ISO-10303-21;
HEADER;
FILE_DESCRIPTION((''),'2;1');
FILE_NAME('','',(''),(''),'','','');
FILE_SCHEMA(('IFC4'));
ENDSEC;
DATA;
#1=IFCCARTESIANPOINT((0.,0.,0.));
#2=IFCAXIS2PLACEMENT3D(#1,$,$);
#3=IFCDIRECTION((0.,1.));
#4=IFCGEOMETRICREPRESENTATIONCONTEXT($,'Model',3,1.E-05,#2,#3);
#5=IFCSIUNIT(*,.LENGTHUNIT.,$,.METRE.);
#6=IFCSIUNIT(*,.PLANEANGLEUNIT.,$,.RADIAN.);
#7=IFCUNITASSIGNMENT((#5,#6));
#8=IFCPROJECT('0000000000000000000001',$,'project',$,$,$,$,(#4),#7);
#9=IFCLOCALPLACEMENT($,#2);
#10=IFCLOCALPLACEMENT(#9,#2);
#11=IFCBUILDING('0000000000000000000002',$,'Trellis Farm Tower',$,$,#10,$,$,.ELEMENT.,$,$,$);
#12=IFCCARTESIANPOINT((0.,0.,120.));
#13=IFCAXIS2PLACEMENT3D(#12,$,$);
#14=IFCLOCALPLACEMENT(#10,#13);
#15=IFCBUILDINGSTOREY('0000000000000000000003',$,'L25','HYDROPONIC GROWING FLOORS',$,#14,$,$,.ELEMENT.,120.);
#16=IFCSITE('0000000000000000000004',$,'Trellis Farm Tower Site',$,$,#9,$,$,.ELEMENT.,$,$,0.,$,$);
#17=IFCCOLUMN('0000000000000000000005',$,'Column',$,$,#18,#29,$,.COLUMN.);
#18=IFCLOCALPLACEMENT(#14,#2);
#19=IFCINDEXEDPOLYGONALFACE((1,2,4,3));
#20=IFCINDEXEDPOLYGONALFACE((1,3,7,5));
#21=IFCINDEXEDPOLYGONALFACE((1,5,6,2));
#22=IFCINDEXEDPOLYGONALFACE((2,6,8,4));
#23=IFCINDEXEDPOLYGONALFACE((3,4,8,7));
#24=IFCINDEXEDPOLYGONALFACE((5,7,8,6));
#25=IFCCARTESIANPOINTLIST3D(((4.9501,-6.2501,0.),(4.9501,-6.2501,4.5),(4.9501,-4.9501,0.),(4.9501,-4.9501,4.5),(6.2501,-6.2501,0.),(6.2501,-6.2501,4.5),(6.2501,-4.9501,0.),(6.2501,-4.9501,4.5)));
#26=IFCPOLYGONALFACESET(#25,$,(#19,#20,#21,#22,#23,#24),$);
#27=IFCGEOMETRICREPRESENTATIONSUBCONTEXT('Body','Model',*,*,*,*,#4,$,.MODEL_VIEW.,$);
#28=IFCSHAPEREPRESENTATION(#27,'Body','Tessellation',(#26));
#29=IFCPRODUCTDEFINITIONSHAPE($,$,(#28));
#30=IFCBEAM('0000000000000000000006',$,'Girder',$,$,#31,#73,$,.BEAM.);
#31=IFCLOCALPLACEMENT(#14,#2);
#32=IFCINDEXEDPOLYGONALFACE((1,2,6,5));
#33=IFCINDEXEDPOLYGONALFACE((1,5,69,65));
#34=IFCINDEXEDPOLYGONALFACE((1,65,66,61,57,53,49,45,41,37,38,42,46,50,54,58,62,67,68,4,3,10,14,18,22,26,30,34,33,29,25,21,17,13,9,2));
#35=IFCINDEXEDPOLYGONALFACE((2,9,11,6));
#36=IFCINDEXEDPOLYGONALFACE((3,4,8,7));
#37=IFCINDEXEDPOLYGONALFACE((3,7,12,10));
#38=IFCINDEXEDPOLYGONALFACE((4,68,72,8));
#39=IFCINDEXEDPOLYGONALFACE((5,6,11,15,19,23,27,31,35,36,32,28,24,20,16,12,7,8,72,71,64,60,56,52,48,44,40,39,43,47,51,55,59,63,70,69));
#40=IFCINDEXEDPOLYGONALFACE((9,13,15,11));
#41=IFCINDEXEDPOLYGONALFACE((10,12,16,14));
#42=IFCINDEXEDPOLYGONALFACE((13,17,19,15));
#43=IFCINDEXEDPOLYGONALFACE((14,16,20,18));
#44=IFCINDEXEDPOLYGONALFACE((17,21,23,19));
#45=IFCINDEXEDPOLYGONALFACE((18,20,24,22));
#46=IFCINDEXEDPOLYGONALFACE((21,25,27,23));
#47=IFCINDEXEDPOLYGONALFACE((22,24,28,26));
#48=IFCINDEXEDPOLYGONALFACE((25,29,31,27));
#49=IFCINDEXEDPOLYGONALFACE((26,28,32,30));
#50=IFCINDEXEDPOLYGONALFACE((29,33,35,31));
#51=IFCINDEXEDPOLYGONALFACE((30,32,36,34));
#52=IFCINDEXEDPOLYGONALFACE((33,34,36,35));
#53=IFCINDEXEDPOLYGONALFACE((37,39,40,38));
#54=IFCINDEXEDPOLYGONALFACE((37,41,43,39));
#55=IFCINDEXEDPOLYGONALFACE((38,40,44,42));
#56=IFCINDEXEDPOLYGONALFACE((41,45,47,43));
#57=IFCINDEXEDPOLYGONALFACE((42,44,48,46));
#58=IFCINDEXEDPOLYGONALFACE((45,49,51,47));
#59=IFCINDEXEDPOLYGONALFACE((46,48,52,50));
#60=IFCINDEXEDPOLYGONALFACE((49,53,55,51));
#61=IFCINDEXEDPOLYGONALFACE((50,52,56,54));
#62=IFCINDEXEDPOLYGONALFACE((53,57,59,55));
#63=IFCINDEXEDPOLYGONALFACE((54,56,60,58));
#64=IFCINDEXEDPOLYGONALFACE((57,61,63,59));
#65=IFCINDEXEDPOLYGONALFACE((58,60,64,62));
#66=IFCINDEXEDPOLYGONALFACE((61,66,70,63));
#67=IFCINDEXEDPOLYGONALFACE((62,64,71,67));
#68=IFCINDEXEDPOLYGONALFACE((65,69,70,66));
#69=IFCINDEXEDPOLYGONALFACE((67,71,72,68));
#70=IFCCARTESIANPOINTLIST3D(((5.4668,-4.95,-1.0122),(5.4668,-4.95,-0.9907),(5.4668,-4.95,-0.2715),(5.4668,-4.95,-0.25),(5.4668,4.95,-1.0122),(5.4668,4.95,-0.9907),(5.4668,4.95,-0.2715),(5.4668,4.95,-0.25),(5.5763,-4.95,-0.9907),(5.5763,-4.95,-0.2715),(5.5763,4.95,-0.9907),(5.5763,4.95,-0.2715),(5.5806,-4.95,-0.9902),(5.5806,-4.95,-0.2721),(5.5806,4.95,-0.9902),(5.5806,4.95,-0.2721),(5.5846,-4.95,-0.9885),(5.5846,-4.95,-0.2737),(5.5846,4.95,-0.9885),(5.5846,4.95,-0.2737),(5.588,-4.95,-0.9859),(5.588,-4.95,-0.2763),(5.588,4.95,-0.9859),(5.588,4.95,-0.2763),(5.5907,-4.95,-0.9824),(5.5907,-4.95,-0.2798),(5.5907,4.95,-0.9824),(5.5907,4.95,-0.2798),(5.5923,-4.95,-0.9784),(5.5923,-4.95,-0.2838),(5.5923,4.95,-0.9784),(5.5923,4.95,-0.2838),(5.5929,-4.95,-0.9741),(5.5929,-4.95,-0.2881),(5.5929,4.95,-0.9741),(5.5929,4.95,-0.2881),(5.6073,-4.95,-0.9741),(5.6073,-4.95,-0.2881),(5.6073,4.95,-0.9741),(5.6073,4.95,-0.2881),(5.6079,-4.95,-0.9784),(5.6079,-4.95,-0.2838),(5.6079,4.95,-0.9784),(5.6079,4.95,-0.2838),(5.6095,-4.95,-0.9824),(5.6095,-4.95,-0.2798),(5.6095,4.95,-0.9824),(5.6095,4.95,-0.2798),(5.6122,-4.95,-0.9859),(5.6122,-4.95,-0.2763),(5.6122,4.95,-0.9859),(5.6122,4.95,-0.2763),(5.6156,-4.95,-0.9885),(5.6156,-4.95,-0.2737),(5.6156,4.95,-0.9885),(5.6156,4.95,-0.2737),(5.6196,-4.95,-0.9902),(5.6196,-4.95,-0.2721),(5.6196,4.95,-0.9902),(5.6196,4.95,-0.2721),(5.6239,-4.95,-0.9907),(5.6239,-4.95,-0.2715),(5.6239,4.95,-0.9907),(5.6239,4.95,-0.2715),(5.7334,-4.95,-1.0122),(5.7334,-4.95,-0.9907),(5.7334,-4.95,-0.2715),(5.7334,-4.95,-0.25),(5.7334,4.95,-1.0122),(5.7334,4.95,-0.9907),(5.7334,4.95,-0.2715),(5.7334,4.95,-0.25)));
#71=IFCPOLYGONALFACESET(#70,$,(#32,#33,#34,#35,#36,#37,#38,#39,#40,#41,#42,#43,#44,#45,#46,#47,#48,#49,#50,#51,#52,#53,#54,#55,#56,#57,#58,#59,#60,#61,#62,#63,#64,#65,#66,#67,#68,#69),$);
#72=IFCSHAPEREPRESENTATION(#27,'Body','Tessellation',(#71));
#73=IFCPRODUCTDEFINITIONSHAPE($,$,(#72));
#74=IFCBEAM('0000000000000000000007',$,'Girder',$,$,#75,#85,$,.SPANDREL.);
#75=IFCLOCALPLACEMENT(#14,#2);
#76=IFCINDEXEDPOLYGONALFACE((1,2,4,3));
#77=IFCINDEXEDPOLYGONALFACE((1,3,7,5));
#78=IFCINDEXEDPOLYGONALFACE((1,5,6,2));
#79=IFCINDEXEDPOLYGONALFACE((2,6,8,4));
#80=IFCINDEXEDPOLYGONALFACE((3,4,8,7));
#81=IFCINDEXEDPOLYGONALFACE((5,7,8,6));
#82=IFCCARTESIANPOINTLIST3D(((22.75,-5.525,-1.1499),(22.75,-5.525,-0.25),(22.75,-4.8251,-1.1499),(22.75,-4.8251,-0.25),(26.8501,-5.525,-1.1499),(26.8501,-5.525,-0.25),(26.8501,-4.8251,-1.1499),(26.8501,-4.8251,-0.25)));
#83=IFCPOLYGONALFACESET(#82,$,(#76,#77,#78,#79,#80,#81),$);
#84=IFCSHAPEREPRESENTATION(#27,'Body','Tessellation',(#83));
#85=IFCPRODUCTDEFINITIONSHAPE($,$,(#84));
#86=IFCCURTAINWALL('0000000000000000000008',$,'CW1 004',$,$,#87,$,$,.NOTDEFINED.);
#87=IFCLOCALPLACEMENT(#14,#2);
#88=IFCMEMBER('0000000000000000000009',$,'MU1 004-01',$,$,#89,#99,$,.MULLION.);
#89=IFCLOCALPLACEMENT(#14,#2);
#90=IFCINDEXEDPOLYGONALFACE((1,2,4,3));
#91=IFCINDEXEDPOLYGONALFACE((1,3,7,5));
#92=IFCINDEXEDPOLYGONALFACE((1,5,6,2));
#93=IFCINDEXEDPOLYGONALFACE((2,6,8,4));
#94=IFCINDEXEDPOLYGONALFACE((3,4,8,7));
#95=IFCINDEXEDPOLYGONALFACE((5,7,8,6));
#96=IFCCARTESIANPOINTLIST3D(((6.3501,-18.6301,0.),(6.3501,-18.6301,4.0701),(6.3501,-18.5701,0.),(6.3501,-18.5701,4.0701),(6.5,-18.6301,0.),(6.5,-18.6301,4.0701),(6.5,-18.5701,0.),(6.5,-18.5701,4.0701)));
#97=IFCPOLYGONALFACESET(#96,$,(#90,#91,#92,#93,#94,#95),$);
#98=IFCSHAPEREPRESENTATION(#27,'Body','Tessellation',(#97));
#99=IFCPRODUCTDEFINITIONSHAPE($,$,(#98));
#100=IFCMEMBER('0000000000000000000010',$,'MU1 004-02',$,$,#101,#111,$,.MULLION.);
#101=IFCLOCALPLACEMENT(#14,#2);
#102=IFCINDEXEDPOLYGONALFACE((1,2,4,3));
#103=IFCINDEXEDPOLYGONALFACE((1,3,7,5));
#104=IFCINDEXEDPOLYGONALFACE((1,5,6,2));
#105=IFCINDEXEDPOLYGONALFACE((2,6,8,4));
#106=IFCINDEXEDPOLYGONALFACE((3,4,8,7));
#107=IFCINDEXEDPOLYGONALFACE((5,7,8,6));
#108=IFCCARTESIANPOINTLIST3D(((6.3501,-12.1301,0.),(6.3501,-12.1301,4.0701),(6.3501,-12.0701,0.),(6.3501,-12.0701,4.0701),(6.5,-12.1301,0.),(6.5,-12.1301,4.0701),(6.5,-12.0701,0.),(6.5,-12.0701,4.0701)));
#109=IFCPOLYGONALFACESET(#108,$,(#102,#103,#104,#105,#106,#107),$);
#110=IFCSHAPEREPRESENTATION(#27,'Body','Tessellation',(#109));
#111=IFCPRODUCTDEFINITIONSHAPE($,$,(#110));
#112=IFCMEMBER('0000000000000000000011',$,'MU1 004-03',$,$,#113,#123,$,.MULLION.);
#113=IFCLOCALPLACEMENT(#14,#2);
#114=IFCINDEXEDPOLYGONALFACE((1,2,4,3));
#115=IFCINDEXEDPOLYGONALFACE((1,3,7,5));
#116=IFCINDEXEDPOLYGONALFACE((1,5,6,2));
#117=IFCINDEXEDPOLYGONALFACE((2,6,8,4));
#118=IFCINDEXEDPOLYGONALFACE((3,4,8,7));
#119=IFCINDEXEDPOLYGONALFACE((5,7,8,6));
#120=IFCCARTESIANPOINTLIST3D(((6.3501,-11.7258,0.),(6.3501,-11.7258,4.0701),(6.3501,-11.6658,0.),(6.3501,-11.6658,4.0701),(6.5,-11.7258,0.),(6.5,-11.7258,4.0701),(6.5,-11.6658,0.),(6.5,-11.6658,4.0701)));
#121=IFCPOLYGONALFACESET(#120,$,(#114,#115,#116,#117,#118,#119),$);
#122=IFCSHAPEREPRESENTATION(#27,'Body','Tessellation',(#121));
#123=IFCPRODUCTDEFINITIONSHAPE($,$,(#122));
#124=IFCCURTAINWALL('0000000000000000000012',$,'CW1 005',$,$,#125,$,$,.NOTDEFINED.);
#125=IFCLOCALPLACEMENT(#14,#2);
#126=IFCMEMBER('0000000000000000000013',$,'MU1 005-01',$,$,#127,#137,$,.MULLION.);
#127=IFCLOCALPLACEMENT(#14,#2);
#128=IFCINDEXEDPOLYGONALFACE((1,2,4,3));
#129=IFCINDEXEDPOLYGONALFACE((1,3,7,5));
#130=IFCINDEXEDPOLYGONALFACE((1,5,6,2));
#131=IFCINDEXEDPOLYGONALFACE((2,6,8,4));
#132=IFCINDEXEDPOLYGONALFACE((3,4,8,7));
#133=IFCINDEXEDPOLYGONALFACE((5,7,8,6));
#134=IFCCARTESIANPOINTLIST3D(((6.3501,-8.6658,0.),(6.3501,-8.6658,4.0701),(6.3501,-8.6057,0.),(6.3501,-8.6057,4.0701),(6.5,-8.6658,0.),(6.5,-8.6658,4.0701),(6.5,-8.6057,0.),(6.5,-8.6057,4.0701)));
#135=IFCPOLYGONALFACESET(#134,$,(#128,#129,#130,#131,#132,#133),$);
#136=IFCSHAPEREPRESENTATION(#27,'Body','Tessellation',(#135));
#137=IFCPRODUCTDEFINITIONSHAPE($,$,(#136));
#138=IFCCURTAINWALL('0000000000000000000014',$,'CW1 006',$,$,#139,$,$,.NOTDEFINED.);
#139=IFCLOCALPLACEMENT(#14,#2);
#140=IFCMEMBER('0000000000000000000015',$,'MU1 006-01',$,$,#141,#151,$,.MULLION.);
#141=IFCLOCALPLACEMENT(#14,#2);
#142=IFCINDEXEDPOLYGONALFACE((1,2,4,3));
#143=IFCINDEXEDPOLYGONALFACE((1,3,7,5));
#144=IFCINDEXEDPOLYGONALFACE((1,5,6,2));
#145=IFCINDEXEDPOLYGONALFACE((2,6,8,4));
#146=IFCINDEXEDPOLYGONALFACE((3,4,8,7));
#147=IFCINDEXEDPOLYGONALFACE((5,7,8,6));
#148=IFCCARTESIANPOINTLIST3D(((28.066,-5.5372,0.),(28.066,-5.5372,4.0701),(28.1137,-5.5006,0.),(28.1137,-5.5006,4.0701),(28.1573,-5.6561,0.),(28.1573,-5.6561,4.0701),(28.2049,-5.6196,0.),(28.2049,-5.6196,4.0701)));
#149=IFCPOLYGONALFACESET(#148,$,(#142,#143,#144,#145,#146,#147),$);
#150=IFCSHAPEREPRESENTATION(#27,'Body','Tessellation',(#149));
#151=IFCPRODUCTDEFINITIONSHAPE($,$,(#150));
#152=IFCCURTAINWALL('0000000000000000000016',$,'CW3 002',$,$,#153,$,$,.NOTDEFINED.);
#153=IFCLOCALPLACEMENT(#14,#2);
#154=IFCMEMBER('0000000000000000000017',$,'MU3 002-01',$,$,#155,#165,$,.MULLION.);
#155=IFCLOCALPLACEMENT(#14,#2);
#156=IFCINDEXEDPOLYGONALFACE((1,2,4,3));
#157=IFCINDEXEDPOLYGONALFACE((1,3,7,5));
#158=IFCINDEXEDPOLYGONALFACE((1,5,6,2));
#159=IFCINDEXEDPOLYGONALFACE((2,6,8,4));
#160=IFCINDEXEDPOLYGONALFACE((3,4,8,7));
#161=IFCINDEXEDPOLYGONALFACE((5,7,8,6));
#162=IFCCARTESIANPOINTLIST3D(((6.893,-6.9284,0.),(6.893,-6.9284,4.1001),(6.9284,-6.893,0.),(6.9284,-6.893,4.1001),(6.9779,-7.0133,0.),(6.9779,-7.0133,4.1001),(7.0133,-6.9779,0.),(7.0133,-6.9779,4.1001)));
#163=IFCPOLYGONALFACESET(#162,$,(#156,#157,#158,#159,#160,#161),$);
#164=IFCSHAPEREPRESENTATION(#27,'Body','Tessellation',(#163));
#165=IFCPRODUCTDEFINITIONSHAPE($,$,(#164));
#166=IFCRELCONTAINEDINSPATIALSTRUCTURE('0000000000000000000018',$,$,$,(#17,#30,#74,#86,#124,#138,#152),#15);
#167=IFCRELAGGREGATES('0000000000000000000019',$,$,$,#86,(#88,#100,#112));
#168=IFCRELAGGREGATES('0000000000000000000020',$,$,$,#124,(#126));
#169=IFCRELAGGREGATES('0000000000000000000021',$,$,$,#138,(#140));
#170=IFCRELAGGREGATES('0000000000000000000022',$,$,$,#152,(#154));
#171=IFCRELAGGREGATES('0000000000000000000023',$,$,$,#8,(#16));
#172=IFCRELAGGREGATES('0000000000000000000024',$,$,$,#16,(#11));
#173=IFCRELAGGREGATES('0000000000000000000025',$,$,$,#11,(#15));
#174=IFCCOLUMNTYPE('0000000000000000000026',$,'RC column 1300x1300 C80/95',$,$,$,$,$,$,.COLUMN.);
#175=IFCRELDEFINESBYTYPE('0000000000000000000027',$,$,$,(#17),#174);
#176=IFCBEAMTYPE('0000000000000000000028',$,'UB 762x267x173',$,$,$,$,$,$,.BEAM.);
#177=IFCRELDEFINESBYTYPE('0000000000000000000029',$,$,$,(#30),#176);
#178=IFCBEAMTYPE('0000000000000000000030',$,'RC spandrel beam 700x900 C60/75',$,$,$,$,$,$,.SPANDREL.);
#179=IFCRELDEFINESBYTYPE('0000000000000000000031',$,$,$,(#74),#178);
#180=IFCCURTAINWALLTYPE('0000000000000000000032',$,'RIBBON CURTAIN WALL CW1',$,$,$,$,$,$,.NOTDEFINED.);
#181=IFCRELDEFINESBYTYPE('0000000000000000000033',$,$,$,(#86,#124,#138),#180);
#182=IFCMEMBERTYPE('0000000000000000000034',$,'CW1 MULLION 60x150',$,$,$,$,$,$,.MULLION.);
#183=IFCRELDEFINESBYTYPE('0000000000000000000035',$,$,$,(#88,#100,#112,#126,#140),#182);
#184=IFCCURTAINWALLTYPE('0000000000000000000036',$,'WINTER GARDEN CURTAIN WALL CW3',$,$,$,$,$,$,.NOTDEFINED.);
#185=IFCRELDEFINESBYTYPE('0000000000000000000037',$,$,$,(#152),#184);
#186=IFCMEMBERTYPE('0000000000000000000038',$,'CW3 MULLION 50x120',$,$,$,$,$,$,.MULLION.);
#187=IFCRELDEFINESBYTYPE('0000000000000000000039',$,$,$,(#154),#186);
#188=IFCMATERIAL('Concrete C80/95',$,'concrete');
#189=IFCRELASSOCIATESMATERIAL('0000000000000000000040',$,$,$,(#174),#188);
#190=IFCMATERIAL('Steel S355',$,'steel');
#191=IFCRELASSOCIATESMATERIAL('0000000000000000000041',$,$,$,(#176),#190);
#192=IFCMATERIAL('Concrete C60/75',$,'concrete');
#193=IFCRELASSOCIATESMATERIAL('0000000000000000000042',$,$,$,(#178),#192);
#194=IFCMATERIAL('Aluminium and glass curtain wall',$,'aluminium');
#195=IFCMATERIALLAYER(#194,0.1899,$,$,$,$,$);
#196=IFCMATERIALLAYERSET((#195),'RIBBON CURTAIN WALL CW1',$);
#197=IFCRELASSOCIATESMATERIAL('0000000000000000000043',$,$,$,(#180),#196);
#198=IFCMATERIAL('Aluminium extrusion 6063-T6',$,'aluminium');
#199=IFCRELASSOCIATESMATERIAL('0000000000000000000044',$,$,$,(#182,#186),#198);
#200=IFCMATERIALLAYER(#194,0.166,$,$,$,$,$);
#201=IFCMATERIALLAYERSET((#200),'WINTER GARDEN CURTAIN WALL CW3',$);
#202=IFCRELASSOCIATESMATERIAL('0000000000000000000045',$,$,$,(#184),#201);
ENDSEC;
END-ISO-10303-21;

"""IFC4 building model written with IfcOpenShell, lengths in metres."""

from ifc_helpers import new_model, si_unit, direction, frame, origin, origin_2d, place, context, subcontext, project, spatial, rectangle, i_section, extrude, source, transform, mapped, material, layer, layer_set, material_profile, profile_set, type_object, element, aggregate, save


model = new_model("IFC4")

# Units and contexts
model_context = context("Model", 3, precision=1e-05, world=origin(), true_north=direction((0.0, 1.0)))
body_context = subcontext(model_context, "Body", "Model", "MODEL_VIEW")
ifc_project = project(units=[si_unit("LENGTHUNIT", "METRE"), si_unit("PLANEANGLEUNIT", "RADIAN")], contexts=[model_context])

# Site, building, storey
site_placement = place(None, origin())
site = spatial("IfcSite", under=ifc_project, at=site_placement, Name="Trellis Farm Tower Site", CompositionType="ELEMENT", RefElevation=0.0)
building_placement = place(site_placement, origin())
building = spatial("IfcBuilding", under=site, at=building_placement, Name="Trellis Farm Tower", CompositionType="ELEMENT")
storey_placement = place(building_placement, frame((0.0, 0.0, 120.0)))
storey = spatial("IfcBuildingStorey", under=building, at=storey_placement, Name="L25", Description="HYDROPONIC GROWING FLOORS", CompositionType="ELEMENT", Elevation=120.0)

# Column
ifc_material_1 = material(Name="Concrete C80/95", Category="concrete")
ifc_material_profile_1 = material_profile(ifc_material_1, rectangle(XDim=1.3, YDim=1.3, at=origin_2d()), Name="RC column 1300x1300 C80/95")
ifc_profile_set_1 = profile_set([ifc_material_profile_1], Name="Concrete C80/95")
column_type = type_object("IfcColumnType", Name="RC column 1300x1300 C80/95", PredefinedType="COLUMN", material=ifc_profile_set_1)
shared_shape_1 = source(origin(), body_context, "Body", "SweptSolid", [
    extrude(rectangle(XDim=1.3, YDim=1.3, at=origin_2d()), origin(), (0.0, 0.0, 1.0), 4.5),
])
column_placement = place(storey_placement, frame((5.6001, -5.6001, 0.0), z_axis=(0.0, 0.0, 1.0), x_axis=(1.0, 0.0, 0.0)))
element("IfcColumn", 1, at=column_placement, inside=storey, type_object=column_type, Name="Column", PredefinedType="COLUMN", context=body_context, shape_type="MappedRepresentation", body=[
    mapped(shared_shape_1, transform((0.0, 0.0, 0.0))),
])

# Beams
ifc_material_2 = material(Name="Steel S355", Category="steel")
ifc_material_profile_2 = material_profile(ifc_material_2, i_section(OverallWidth=0.2666, OverallDepth=0.7622, WebThickness=0.0144, FlangeThickness=0.0215, FilletRadius=0.0166, at=origin_2d()), Name="UB 762x267x173")
ifc_profile_set_2 = profile_set([ifc_material_profile_2], Name="Steel S355")
beam_type_1 = type_object("IfcBeamType", Name="UB 762x267x173", PredefinedType="BEAM", material=ifc_profile_set_2)
shared_shape_2 = source(origin(), body_context, "Body", "SweptSolid", [
    extrude(i_section(OverallWidth=0.2666, OverallDepth=0.7622, WebThickness=0.0144, FlangeThickness=0.0215, FilletRadius=0.0166, at=origin_2d()), origin(), (0.0, 0.0, 1.0), 9.8999),
])
beam_1_placement = place(storey_placement, frame((5.6001, -4.95, -0.6311), z_axis=(0.0, 1.0, 0.0), x_axis=(-1.0, 0.0, 0.0)))
element("IfcBeam", 2, at=beam_1_placement, inside=storey, type_object=beam_type_1, Name="Girder", PredefinedType="BEAM", context=body_context, shape_type="MappedRepresentation", body=[
    mapped(shared_shape_2, transform((0.0, 0.0, 0.0))),
])
ifc_material_3 = material(Name="Concrete C60/75", Category="concrete")
ifc_material_profile_3 = material_profile(ifc_material_3, rectangle(XDim=0.7, YDim=0.8999, at=origin_2d()), Name="RC spandrel beam 700x900 C60/75")
ifc_profile_set_3 = profile_set([ifc_material_profile_3], Name="Concrete C60/75")
beam_type_2 = type_object("IfcBeamType", Name="RC spandrel beam 700x900 C60/75", PredefinedType="SPANDREL", material=ifc_profile_set_3)
shared_shape_3 = source(origin(), body_context, "Body", "SweptSolid", [
    extrude(rectangle(XDim=0.7, YDim=0.8999, at=origin_2d()), origin(), (0.0, 0.0, 1.0), 4.1001),
])
beam_2_placement = place(storey_placement, frame((22.75, -5.175, -0.7), z_axis=(1.0, 0.0, 0.0), x_axis=(0.0, 1.0, 0.0)))
element("IfcBeam", 3, at=beam_2_placement, inside=storey, type_object=beam_type_2, Name="Girder", PredefinedType="SPANDREL", context=body_context, shape_type="MappedRepresentation", body=[
    mapped(shared_shape_3, transform((0.0, 0.0, 0.0))),
])

# Curtain wall, members
ifc_material_4 = material(Name="Aluminium and glass curtain wall", Category="aluminium")
ifc_layer_1 = layer(ifc_material_4, 0.1899)
ifc_layer_set_1 = layer_set([ifc_layer_1], Name="RIBBON CURTAIN WALL CW1")
curtain_wall_type_1 = type_object("IfcCurtainWallType", Name="RIBBON CURTAIN WALL CW1", PredefinedType="NOTDEFINED", material=ifc_layer_set_1)
placement = place(storey_placement, origin())
curtain_wall_1 = element("IfcCurtainWall", 4, at=placement, inside=storey, type_object=curtain_wall_type_1, Name="CW1 004", PredefinedType="NOTDEFINED")
ifc_material_5 = material(Name="Aluminium extrusion 6063-T6", Category="aluminium")
ifc_material_profile_4 = material_profile(ifc_material_5, rectangle(XDim=0.0601, YDim=0.1499, at=origin_2d()), Name="MULLION 60x150")
ifc_profile_set_4 = profile_set([ifc_material_profile_4], Name="Aluminium extrusion 6063-T6")
member_type_1 = type_object("IfcMemberType", Name="CW1 MULLION 60x150", PredefinedType="MULLION", material=ifc_profile_set_4)
shared_shape_4 = source(origin(), body_context, "Body", "SweptSolid", [
    extrude(rectangle(XDim=0.0601, YDim=0.1499, at=origin_2d()), origin(), (0.0, 0.0, 1.0), 4.0701),
])
member_1_placement = place(storey_placement, frame((6.425, -18.6001, 0.0), z_axis=(0.0, 0.0, 1.0), x_axis=(0.0, 1.0, 0.0)))
member_1 = element("IfcMember", 5, at=member_1_placement, type_object=member_type_1, Name="MU1 004-01", PredefinedType="MULLION", context=body_context, shape_type="MappedRepresentation", body=[
    mapped(shared_shape_4, transform((0.0, 0.0, 0.0))),
])
member_2_placement = place(storey_placement, frame((6.425, -12.1001, 0.0), z_axis=(0.0, 0.0, 1.0), x_axis=(0.0, 1.0, 0.0)))
member_2 = element("IfcMember", 6, at=member_2_placement, type_object=member_type_1, Name="MU1 004-02", PredefinedType="MULLION", context=body_context, shape_type="MappedRepresentation", body=[
    mapped(shared_shape_4, transform((0.0, 0.0, 0.0))),
])
member_3_placement = place(storey_placement, frame((6.425, -11.6958, 0.0), z_axis=(0.0, 0.0, 1.0), x_axis=(0.0, 1.0, 0.0)))
member_3 = element("IfcMember", 7, at=member_3_placement, type_object=member_type_1, Name="MU1 004-03", PredefinedType="MULLION", context=body_context, shape_type="MappedRepresentation", body=[
    mapped(shared_shape_4, transform((0.0, 0.0, 0.0))),
])
aggregate(curtain_wall_1, [member_1, member_2, member_3])

# Curtain walls, members
curtain_wall_2 = element("IfcCurtainWall", 8, at=placement, inside=storey, type_object=curtain_wall_type_1, Name="CW1 005", PredefinedType="NOTDEFINED")
member_4_placement = place(storey_placement, frame((6.425, -8.6357, 0.0), z_axis=(0.0, 0.0, 1.0), x_axis=(0.0, 1.0, 0.0)))
member_4 = element("IfcMember", 9, at=member_4_placement, type_object=member_type_1, Name="MU1 005-01", PredefinedType="MULLION", context=body_context, shape_type="MappedRepresentation", body=[
    mapped(shared_shape_4, transform((0.0, 0.0, 0.0))),
])
aggregate(curtain_wall_2, [member_4])
curtain_wall_3 = element("IfcCurtainWall", 10, at=placement, inside=storey, type_object=curtain_wall_type_1, Name="CW1 006", PredefinedType="NOTDEFINED")
member_5_placement = place(storey_placement, frame((28.1355, -5.5784, 0.0), z_axis=(0.0, 0.0, 1.0), x_axis=(0.793353, 0.608761, 0.0)))
member_5 = element("IfcMember", 11, at=member_5_placement, type_object=member_type_1, Name="MU1 006-01", PredefinedType="MULLION", context=body_context, shape_type="MappedRepresentation", body=[
    mapped(shared_shape_4, transform((0.0, 0.0, 0.0))),
])
aggregate(curtain_wall_3, [member_5])
ifc_layer_2 = layer(ifc_material_4, 0.166)
ifc_layer_set_2 = layer_set([ifc_layer_2], Name="WINTER GARDEN CURTAIN WALL CW3")
curtain_wall_type_2 = type_object("IfcCurtainWallType", Name="WINTER GARDEN CURTAIN WALL CW3", PredefinedType="NOTDEFINED", material=ifc_layer_set_2)
curtain_wall_4 = element("IfcCurtainWall", 12, at=placement, inside=storey, type_object=curtain_wall_type_2, Name="CW3 002", PredefinedType="NOTDEFINED")
ifc_material_profile_5 = material_profile(ifc_material_5, rectangle(XDim=0.05, YDim=0.1201, at=origin_2d()), Name="MULLION 50x120")
ifc_profile_set_5 = profile_set([ifc_material_profile_5], Name="Aluminium extrusion 6063-T6")
member_type_2 = type_object("IfcMemberType", Name="CW3 MULLION 50x120", PredefinedType="MULLION", material=ifc_profile_set_5)
shared_shape_5 = source(origin(), body_context, "Body", "SweptSolid", [
    extrude(rectangle(XDim=0.05, YDim=0.1201, at=origin_2d()), origin(), (0.0, 0.0, 1.0), 4.1001),
])
member_6_placement = place(storey_placement, frame((6.9531, -6.9531, 0.0), z_axis=(0.0, 0.0, 1.0), x_axis=(0.707107, 0.707107, 0.0)))
member_6 = element("IfcMember", 13, at=member_6_placement, type_object=member_type_2, Name="MU3 002-01", PredefinedType="MULLION", context=body_context, shape_type="MappedRepresentation", body=[
    mapped(shared_shape_5, transform((0.0, 0.0, 0.0))),
])
aggregate(curtain_wall_4, [member_6])

save(model, "model.ifc")
